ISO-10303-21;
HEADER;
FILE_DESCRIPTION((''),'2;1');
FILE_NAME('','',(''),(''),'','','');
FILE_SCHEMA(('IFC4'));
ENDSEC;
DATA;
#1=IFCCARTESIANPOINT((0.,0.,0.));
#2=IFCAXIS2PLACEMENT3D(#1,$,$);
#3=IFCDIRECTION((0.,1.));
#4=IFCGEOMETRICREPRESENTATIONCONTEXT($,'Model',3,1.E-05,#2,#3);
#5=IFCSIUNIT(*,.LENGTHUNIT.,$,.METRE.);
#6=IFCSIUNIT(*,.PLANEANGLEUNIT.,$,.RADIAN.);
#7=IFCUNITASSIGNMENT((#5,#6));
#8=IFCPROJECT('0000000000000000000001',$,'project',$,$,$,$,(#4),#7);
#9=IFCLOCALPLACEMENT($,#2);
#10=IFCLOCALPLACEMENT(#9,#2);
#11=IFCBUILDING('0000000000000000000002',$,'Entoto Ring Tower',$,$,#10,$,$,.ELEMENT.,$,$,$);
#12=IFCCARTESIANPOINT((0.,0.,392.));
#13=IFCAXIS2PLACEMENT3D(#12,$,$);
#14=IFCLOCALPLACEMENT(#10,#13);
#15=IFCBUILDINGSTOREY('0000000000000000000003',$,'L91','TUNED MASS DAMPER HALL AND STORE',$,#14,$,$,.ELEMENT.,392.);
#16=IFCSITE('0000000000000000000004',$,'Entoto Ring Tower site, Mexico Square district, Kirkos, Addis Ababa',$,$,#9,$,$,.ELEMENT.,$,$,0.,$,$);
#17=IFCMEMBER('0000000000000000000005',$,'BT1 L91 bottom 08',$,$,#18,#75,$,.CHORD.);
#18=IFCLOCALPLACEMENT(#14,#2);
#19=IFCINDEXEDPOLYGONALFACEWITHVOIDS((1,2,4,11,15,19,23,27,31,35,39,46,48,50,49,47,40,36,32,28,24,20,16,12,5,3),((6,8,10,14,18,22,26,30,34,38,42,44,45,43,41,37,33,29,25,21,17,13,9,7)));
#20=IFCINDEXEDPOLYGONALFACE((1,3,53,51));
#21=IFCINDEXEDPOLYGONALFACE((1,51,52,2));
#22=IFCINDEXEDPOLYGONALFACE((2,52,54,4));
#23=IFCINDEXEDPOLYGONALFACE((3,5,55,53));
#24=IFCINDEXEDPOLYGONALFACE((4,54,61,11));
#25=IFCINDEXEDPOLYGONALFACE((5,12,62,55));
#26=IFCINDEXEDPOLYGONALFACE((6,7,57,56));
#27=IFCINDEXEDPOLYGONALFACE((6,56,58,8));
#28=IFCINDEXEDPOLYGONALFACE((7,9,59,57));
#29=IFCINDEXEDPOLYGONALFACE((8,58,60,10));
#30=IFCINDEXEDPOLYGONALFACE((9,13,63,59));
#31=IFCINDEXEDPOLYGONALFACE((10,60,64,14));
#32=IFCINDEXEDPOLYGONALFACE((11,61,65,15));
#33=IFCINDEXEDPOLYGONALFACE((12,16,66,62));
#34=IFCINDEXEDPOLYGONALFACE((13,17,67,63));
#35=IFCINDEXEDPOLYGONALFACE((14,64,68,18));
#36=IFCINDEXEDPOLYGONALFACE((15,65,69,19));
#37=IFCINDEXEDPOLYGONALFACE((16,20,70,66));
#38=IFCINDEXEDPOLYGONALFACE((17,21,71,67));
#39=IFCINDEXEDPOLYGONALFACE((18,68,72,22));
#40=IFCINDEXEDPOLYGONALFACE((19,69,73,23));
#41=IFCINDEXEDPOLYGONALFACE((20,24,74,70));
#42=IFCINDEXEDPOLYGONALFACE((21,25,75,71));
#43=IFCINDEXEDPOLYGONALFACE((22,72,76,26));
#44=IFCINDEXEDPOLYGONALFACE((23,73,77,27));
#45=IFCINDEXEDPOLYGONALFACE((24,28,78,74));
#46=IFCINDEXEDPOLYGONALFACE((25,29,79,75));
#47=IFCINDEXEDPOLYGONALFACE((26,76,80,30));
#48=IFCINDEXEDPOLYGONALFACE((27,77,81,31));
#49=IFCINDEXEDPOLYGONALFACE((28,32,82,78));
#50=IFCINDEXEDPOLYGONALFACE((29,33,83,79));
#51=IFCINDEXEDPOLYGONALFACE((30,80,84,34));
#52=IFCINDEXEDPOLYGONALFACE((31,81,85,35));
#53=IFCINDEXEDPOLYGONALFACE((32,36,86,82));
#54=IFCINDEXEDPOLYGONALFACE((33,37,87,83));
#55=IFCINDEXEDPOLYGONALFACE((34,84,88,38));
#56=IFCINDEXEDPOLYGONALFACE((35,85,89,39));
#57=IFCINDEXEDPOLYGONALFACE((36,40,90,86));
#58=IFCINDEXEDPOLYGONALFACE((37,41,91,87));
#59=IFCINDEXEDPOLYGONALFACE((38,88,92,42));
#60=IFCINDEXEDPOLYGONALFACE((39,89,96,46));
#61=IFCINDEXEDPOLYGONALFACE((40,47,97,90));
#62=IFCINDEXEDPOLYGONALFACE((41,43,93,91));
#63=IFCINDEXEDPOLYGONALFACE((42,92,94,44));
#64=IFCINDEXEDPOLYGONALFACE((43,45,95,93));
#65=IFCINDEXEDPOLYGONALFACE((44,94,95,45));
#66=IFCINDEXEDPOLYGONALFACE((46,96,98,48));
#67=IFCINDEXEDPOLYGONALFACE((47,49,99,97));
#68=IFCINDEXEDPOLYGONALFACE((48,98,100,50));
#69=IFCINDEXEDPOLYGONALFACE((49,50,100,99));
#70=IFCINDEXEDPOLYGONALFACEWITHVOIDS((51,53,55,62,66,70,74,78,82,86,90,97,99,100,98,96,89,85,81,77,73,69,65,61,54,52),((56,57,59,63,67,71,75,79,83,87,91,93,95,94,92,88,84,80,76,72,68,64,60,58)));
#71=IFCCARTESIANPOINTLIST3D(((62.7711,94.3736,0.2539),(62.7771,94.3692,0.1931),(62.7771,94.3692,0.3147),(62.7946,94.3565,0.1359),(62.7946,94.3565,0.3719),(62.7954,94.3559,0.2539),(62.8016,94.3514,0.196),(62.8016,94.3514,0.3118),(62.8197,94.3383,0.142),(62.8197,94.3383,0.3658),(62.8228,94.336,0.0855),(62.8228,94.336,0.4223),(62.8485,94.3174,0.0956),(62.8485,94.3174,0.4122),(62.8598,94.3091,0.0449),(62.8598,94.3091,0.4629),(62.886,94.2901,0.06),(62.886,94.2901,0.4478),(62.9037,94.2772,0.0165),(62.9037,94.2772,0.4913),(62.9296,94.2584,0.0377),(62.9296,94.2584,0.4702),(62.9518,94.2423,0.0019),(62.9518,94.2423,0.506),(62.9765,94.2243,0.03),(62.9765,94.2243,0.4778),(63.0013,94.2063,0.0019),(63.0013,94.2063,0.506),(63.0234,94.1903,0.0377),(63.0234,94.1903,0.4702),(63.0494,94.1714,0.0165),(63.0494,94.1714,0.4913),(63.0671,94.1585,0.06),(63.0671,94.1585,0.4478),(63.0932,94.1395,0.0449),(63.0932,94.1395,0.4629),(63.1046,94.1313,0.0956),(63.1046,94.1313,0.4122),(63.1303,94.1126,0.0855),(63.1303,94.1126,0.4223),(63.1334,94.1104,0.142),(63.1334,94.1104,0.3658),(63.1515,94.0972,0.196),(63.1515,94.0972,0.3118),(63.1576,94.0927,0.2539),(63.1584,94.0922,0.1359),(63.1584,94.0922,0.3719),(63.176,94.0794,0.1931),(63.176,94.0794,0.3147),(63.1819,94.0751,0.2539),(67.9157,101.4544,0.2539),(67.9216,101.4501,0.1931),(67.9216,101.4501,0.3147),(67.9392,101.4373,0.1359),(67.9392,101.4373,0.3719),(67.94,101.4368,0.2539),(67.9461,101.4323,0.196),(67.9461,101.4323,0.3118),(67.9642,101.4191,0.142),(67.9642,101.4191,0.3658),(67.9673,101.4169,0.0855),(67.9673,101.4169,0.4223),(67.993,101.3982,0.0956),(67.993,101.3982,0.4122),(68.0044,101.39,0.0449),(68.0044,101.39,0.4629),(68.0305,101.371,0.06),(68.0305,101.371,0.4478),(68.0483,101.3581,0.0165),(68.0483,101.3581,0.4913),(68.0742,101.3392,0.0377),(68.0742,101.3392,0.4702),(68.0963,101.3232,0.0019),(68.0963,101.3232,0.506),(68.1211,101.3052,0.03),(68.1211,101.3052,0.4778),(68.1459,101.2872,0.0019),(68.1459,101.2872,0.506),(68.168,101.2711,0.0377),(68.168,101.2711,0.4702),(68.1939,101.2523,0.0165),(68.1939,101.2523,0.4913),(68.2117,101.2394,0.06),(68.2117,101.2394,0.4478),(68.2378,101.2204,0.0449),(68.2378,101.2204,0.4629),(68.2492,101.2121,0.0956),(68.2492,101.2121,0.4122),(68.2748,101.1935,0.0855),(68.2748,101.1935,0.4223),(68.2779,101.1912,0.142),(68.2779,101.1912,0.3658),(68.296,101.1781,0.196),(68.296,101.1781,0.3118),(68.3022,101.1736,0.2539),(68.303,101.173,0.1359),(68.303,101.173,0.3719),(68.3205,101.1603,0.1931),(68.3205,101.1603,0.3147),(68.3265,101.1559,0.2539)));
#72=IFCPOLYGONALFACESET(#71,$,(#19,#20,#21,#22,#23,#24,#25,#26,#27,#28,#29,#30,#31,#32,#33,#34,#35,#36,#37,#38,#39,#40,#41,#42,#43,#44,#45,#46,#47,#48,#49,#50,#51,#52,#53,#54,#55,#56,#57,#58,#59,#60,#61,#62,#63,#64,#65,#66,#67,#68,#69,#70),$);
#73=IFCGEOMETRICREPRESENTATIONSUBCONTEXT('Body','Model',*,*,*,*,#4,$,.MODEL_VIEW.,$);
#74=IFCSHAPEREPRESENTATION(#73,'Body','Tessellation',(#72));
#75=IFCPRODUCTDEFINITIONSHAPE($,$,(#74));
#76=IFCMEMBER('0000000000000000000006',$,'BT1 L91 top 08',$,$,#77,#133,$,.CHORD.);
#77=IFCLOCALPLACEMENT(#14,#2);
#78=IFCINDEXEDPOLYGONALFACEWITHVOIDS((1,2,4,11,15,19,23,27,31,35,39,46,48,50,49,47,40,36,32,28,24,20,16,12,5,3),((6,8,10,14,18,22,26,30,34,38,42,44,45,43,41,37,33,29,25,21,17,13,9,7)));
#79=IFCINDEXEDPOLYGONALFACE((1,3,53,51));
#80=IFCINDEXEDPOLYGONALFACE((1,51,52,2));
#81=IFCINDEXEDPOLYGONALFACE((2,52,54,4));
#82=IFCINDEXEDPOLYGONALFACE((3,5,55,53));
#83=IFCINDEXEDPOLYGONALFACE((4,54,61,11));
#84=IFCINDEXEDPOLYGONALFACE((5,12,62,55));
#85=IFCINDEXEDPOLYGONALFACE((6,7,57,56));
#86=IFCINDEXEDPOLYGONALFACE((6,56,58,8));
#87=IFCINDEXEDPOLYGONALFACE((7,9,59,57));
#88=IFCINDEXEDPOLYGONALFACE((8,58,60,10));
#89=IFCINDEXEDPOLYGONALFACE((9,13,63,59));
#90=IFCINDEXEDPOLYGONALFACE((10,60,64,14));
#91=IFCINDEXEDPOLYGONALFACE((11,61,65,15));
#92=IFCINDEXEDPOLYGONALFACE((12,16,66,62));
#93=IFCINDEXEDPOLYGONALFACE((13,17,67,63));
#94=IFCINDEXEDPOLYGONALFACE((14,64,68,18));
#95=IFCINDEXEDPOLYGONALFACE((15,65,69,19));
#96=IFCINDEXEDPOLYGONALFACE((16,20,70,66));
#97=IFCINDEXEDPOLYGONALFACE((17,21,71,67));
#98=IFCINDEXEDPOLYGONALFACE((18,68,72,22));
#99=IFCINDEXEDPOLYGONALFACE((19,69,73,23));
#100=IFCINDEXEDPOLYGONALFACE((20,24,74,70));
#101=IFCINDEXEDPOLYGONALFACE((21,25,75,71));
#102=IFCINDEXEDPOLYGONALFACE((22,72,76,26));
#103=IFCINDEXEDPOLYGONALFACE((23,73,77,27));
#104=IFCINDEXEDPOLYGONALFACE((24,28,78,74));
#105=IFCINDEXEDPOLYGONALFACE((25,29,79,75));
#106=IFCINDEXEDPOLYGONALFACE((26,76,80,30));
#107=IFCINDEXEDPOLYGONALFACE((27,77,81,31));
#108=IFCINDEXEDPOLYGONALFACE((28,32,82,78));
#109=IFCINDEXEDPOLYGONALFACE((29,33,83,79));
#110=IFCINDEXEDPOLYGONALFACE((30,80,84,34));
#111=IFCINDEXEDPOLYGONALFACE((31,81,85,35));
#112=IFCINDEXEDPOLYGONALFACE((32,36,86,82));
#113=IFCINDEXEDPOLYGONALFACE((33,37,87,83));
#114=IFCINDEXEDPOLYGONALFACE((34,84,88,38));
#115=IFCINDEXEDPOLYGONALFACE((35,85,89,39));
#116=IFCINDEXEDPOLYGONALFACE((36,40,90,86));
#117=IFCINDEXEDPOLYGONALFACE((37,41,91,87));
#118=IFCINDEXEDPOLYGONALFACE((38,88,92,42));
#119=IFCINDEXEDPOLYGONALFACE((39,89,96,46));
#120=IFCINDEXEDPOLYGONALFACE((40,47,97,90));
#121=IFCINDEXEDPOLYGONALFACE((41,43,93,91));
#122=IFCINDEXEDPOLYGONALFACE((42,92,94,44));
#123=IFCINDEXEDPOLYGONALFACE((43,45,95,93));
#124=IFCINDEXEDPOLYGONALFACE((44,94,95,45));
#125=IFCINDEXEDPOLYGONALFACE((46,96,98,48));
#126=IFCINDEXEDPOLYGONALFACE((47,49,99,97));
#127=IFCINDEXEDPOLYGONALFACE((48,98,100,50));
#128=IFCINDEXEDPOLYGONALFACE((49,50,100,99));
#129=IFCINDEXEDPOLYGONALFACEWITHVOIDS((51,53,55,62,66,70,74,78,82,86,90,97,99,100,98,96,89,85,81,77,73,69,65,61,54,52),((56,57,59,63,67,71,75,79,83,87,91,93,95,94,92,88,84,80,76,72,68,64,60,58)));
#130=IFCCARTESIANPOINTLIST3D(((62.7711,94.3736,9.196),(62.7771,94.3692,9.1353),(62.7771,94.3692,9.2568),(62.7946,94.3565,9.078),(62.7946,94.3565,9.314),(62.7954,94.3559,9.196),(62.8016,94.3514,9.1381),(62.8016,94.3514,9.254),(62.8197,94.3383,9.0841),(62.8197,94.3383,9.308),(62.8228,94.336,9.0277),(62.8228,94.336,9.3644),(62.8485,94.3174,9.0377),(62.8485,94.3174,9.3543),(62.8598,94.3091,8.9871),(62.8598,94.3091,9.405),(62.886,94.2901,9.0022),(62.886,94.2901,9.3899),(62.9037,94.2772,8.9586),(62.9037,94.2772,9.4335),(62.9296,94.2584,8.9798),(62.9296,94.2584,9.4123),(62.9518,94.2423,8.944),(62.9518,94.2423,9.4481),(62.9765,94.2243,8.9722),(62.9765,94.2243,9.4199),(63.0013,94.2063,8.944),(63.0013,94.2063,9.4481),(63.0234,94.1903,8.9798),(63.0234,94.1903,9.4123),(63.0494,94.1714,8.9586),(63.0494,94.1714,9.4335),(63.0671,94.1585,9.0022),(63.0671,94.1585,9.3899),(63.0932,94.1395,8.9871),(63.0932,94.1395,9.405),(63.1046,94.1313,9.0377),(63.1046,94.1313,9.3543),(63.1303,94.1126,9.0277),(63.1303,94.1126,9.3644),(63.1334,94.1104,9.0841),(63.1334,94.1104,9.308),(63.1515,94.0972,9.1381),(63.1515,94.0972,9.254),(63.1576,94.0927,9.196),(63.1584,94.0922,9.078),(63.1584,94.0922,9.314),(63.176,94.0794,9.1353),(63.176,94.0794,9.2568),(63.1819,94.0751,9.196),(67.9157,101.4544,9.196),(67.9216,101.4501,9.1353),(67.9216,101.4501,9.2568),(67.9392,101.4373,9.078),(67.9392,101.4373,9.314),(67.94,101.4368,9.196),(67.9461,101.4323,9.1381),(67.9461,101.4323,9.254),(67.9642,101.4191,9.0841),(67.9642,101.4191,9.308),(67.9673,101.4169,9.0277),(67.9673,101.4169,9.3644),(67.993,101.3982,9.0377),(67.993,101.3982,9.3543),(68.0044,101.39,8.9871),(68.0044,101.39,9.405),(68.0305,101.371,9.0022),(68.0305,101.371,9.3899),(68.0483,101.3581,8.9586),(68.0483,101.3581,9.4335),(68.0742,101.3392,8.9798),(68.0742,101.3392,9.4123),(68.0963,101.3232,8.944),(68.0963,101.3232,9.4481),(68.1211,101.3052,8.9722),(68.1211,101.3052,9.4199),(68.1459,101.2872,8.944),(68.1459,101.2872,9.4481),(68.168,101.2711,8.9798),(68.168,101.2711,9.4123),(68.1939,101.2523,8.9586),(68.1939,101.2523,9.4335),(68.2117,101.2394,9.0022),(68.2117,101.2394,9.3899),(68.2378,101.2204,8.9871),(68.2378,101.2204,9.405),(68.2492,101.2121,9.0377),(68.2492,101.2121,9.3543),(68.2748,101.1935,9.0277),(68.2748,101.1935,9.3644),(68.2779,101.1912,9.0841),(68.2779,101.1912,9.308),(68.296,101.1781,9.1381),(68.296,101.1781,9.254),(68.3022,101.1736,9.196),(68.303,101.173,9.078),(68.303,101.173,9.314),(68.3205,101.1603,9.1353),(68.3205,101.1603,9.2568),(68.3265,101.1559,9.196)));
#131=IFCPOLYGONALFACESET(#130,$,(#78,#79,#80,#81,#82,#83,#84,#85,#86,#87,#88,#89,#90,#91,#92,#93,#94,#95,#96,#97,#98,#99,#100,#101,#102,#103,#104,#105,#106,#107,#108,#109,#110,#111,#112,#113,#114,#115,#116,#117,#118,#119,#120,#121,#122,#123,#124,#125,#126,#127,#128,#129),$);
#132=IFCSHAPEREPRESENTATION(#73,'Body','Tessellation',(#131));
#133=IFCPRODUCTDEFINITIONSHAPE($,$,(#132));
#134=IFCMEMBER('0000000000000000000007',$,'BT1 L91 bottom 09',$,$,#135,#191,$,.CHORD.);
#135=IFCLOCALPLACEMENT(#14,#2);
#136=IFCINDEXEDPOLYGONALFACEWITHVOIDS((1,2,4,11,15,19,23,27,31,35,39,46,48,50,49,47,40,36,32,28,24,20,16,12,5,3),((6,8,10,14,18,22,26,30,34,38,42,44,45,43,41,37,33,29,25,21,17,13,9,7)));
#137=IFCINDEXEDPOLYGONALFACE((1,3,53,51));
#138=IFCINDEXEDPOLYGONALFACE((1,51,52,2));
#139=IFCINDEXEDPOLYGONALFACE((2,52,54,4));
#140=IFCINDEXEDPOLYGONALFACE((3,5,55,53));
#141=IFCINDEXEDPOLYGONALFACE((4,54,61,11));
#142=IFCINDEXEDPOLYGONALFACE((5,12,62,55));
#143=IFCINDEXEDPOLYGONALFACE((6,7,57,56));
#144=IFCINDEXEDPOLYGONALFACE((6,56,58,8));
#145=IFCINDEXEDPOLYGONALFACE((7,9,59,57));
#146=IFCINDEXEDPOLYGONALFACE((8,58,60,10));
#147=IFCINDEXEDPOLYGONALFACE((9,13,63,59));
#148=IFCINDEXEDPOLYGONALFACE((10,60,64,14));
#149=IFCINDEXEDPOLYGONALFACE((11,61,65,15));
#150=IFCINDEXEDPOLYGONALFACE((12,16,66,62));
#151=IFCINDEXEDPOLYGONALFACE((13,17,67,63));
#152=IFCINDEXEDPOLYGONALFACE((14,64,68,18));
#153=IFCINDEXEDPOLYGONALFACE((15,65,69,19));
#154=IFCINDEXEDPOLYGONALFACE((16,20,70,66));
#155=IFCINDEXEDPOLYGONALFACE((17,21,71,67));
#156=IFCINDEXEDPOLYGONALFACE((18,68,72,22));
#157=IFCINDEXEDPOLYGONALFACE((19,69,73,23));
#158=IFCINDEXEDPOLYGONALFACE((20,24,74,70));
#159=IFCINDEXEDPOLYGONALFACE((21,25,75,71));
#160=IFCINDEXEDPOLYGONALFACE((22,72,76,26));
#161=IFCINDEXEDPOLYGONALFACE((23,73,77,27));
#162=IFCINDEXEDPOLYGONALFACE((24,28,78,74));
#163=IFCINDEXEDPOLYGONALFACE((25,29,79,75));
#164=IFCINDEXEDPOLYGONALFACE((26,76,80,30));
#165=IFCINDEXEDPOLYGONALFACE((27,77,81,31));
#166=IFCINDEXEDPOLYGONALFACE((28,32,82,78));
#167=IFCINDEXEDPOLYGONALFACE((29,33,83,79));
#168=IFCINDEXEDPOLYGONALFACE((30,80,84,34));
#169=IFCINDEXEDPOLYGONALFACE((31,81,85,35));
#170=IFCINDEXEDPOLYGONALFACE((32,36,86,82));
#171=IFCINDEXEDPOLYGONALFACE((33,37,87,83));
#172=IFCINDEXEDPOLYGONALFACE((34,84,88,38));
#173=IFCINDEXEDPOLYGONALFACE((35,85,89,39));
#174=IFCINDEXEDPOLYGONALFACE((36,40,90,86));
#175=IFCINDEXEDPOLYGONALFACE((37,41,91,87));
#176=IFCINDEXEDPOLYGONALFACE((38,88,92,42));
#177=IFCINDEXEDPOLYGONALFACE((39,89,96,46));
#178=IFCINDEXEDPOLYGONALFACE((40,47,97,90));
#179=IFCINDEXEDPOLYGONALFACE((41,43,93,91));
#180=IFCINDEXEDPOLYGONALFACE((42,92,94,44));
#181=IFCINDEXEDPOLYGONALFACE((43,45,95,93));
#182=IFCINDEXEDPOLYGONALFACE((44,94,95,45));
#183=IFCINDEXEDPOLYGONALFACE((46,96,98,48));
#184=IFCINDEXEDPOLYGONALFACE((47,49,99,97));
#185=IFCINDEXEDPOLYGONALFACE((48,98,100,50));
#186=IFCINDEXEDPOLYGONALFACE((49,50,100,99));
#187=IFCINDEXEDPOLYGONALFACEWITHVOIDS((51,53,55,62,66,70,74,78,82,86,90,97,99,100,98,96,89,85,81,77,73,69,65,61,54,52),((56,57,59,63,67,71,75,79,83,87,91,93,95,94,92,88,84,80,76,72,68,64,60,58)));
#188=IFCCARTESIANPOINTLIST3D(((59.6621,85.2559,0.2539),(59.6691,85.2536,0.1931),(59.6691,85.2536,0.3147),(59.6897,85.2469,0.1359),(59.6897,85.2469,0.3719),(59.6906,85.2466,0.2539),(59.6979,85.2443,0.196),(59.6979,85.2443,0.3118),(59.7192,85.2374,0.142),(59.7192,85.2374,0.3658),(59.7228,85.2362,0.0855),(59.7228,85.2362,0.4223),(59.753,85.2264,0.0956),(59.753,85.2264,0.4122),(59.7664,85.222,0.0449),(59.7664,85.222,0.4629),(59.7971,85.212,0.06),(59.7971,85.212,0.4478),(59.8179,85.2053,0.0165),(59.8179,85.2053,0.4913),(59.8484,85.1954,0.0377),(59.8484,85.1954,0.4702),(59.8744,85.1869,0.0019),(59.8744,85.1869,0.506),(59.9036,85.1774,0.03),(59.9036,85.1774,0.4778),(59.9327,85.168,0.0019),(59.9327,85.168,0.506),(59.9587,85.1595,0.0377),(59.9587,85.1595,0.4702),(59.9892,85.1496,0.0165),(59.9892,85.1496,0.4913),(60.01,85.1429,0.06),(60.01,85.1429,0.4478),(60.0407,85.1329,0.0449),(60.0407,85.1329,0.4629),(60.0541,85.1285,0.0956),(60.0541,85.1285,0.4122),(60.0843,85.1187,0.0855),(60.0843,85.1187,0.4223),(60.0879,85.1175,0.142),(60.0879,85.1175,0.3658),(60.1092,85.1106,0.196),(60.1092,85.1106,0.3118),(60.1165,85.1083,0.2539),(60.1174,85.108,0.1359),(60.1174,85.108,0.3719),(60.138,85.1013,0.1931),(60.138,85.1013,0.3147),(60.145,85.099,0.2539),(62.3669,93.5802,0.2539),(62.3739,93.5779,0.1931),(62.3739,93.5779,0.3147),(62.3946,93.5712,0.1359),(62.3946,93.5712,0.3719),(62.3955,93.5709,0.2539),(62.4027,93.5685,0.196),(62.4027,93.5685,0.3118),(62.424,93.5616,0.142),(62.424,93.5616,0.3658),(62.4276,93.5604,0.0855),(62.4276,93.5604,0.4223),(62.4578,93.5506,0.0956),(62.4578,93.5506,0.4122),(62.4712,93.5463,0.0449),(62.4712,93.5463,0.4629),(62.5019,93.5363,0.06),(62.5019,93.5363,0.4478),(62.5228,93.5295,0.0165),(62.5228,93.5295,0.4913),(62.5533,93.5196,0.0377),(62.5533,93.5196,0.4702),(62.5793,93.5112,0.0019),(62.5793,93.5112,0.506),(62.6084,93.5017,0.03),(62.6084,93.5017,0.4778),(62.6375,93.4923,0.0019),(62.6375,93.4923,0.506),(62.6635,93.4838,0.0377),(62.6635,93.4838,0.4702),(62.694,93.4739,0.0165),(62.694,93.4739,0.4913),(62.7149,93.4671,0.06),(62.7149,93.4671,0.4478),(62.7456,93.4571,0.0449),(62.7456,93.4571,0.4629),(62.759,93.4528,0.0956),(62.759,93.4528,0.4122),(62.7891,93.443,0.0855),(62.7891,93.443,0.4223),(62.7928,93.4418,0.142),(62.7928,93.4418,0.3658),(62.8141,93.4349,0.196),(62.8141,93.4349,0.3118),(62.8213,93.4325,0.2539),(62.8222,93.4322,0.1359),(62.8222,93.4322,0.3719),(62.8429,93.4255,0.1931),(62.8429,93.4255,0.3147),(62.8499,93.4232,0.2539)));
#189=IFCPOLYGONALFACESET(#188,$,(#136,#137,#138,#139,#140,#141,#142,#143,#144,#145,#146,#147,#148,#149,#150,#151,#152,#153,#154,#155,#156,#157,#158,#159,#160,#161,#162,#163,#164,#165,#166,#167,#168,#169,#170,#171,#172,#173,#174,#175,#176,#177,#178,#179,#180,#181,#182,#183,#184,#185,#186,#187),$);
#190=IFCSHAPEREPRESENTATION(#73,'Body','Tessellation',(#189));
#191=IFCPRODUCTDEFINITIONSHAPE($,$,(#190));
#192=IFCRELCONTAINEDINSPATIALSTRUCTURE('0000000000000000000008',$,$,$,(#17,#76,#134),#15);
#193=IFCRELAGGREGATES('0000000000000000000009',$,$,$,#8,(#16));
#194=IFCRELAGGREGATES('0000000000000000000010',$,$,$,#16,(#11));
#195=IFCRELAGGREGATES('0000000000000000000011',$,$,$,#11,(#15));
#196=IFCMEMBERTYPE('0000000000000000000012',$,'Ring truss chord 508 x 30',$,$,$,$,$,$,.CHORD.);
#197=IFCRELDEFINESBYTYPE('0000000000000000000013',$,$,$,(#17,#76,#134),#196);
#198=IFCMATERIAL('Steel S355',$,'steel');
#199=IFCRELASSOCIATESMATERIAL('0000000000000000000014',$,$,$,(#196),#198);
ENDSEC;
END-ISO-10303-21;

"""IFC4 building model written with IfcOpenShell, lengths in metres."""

from ifc_helpers import new_model, si_unit, direction, frame, origin, origin_2d, place, context, subcontext, project, spatial, circle, hollow_circle, extrude, material, material_profile, profile_set, type_object, element, save


model = new_model("IFC4")

# Units and contexts
model_context = context("Model", 3, precision=1e-05, world=origin(), true_north=direction((0.0, 1.0)))
body_context = subcontext(model_context, "Body", "Model", "MODEL_VIEW")
ifc_project = project(units=[si_unit("LENGTHUNIT", "METRE"), si_unit("PLANEANGLEUNIT", "RADIAN")], contexts=[model_context])

# Site, building, storey
site_placement = place(None, origin())
site = spatial("IfcSite", under=ifc_project, at=site_placement, Name="Entoto Ring Tower site, Mexico Square district, Kirkos, Addis Ababa", CompositionType="ELEMENT", RefElevation=0.0)
building_placement = place(site_placement, origin())
building = spatial("IfcBuilding", under=site, at=building_placement, Name="Entoto Ring Tower", CompositionType="ELEMENT")
storey_placement = place(building_placement, frame((0.0, 0.0, 392.0)))
storey = spatial("IfcBuildingStorey", under=building, at=storey_placement, Name="L91", Description="TUNED MASS DAMPER HALL AND STORE", CompositionType="ELEMENT", Elevation=392.0)

# Members
ifc_material_1 = material(Name="Steel S355", Category="steel")
ifc_material_profile_1 = material_profile(ifc_material_1, hollow_circle(Radius=0.2539, WallThickness=0.03, at=origin_2d()), Name="CHS 508 x 30")
ifc_material_2 = material(Name="Concrete C60/75", Category="concrete")
ifc_material_profile_2 = material_profile(ifc_material_2, circle(Radius=0.2241, at=origin_2d()), Name="Concrete C60/75 infill")
ifc_profile_set_1 = profile_set([ifc_material_profile_1, ifc_material_profile_2], Name="Steel S355")
member_type_1 = type_object("IfcMemberType", Name="Ring truss chord 508 x 30", PredefinedType="CHORD", material=ifc_profile_set_1)
for number, where, z_axis, x_axis, name in (
    (1, (68.1211, 101.3052, 0.2539), (-0.587787, -0.809016, 0.0), (0.809016, -0.587787, 0.0), "BT1 L91 bottom 08"),
    (2, (68.1211, 101.3052, 9.196), (-0.587787, -0.809016, 0.0), (0.809016, -0.587787, 0.0), "BT1 L91 top 08"),
):
    element("IfcMember", number, at=place(storey_placement, frame(where, z_axis=z_axis, x_axis=x_axis)), inside=storey, type_object=member_type_1, Name=name, PredefinedType="CHORD", context=body_context, shape_type="SweptSolid", body=[
        extrude(hollow_circle(Radius=0.2539, WallThickness=0.03, at=origin_2d()), origin(), (0.0, 0.0, 1.0), 8.7524),
    ])
for number, where, z_axis, x_axis, name in (
    (3, (62.6084, 93.5017, 0.2539), (-0.309031, -0.951052, 0.0), (0.951052, -0.309031, 0.0), "BT1 L91 bottom 09"),
):
    element("IfcMember", number, at=place(storey_placement, frame(where, z_axis=z_axis, x_axis=x_axis)), inside=storey, type_object=member_type_1, Name=name, PredefinedType="CHORD", context=body_context, shape_type="SweptSolid", body=[
        extrude(hollow_circle(Radius=0.2539, WallThickness=0.03, at=origin_2d()), origin(), (0.0, 0.0, 1.0), 8.7527),
    ])

save(model, "model.ifc")
